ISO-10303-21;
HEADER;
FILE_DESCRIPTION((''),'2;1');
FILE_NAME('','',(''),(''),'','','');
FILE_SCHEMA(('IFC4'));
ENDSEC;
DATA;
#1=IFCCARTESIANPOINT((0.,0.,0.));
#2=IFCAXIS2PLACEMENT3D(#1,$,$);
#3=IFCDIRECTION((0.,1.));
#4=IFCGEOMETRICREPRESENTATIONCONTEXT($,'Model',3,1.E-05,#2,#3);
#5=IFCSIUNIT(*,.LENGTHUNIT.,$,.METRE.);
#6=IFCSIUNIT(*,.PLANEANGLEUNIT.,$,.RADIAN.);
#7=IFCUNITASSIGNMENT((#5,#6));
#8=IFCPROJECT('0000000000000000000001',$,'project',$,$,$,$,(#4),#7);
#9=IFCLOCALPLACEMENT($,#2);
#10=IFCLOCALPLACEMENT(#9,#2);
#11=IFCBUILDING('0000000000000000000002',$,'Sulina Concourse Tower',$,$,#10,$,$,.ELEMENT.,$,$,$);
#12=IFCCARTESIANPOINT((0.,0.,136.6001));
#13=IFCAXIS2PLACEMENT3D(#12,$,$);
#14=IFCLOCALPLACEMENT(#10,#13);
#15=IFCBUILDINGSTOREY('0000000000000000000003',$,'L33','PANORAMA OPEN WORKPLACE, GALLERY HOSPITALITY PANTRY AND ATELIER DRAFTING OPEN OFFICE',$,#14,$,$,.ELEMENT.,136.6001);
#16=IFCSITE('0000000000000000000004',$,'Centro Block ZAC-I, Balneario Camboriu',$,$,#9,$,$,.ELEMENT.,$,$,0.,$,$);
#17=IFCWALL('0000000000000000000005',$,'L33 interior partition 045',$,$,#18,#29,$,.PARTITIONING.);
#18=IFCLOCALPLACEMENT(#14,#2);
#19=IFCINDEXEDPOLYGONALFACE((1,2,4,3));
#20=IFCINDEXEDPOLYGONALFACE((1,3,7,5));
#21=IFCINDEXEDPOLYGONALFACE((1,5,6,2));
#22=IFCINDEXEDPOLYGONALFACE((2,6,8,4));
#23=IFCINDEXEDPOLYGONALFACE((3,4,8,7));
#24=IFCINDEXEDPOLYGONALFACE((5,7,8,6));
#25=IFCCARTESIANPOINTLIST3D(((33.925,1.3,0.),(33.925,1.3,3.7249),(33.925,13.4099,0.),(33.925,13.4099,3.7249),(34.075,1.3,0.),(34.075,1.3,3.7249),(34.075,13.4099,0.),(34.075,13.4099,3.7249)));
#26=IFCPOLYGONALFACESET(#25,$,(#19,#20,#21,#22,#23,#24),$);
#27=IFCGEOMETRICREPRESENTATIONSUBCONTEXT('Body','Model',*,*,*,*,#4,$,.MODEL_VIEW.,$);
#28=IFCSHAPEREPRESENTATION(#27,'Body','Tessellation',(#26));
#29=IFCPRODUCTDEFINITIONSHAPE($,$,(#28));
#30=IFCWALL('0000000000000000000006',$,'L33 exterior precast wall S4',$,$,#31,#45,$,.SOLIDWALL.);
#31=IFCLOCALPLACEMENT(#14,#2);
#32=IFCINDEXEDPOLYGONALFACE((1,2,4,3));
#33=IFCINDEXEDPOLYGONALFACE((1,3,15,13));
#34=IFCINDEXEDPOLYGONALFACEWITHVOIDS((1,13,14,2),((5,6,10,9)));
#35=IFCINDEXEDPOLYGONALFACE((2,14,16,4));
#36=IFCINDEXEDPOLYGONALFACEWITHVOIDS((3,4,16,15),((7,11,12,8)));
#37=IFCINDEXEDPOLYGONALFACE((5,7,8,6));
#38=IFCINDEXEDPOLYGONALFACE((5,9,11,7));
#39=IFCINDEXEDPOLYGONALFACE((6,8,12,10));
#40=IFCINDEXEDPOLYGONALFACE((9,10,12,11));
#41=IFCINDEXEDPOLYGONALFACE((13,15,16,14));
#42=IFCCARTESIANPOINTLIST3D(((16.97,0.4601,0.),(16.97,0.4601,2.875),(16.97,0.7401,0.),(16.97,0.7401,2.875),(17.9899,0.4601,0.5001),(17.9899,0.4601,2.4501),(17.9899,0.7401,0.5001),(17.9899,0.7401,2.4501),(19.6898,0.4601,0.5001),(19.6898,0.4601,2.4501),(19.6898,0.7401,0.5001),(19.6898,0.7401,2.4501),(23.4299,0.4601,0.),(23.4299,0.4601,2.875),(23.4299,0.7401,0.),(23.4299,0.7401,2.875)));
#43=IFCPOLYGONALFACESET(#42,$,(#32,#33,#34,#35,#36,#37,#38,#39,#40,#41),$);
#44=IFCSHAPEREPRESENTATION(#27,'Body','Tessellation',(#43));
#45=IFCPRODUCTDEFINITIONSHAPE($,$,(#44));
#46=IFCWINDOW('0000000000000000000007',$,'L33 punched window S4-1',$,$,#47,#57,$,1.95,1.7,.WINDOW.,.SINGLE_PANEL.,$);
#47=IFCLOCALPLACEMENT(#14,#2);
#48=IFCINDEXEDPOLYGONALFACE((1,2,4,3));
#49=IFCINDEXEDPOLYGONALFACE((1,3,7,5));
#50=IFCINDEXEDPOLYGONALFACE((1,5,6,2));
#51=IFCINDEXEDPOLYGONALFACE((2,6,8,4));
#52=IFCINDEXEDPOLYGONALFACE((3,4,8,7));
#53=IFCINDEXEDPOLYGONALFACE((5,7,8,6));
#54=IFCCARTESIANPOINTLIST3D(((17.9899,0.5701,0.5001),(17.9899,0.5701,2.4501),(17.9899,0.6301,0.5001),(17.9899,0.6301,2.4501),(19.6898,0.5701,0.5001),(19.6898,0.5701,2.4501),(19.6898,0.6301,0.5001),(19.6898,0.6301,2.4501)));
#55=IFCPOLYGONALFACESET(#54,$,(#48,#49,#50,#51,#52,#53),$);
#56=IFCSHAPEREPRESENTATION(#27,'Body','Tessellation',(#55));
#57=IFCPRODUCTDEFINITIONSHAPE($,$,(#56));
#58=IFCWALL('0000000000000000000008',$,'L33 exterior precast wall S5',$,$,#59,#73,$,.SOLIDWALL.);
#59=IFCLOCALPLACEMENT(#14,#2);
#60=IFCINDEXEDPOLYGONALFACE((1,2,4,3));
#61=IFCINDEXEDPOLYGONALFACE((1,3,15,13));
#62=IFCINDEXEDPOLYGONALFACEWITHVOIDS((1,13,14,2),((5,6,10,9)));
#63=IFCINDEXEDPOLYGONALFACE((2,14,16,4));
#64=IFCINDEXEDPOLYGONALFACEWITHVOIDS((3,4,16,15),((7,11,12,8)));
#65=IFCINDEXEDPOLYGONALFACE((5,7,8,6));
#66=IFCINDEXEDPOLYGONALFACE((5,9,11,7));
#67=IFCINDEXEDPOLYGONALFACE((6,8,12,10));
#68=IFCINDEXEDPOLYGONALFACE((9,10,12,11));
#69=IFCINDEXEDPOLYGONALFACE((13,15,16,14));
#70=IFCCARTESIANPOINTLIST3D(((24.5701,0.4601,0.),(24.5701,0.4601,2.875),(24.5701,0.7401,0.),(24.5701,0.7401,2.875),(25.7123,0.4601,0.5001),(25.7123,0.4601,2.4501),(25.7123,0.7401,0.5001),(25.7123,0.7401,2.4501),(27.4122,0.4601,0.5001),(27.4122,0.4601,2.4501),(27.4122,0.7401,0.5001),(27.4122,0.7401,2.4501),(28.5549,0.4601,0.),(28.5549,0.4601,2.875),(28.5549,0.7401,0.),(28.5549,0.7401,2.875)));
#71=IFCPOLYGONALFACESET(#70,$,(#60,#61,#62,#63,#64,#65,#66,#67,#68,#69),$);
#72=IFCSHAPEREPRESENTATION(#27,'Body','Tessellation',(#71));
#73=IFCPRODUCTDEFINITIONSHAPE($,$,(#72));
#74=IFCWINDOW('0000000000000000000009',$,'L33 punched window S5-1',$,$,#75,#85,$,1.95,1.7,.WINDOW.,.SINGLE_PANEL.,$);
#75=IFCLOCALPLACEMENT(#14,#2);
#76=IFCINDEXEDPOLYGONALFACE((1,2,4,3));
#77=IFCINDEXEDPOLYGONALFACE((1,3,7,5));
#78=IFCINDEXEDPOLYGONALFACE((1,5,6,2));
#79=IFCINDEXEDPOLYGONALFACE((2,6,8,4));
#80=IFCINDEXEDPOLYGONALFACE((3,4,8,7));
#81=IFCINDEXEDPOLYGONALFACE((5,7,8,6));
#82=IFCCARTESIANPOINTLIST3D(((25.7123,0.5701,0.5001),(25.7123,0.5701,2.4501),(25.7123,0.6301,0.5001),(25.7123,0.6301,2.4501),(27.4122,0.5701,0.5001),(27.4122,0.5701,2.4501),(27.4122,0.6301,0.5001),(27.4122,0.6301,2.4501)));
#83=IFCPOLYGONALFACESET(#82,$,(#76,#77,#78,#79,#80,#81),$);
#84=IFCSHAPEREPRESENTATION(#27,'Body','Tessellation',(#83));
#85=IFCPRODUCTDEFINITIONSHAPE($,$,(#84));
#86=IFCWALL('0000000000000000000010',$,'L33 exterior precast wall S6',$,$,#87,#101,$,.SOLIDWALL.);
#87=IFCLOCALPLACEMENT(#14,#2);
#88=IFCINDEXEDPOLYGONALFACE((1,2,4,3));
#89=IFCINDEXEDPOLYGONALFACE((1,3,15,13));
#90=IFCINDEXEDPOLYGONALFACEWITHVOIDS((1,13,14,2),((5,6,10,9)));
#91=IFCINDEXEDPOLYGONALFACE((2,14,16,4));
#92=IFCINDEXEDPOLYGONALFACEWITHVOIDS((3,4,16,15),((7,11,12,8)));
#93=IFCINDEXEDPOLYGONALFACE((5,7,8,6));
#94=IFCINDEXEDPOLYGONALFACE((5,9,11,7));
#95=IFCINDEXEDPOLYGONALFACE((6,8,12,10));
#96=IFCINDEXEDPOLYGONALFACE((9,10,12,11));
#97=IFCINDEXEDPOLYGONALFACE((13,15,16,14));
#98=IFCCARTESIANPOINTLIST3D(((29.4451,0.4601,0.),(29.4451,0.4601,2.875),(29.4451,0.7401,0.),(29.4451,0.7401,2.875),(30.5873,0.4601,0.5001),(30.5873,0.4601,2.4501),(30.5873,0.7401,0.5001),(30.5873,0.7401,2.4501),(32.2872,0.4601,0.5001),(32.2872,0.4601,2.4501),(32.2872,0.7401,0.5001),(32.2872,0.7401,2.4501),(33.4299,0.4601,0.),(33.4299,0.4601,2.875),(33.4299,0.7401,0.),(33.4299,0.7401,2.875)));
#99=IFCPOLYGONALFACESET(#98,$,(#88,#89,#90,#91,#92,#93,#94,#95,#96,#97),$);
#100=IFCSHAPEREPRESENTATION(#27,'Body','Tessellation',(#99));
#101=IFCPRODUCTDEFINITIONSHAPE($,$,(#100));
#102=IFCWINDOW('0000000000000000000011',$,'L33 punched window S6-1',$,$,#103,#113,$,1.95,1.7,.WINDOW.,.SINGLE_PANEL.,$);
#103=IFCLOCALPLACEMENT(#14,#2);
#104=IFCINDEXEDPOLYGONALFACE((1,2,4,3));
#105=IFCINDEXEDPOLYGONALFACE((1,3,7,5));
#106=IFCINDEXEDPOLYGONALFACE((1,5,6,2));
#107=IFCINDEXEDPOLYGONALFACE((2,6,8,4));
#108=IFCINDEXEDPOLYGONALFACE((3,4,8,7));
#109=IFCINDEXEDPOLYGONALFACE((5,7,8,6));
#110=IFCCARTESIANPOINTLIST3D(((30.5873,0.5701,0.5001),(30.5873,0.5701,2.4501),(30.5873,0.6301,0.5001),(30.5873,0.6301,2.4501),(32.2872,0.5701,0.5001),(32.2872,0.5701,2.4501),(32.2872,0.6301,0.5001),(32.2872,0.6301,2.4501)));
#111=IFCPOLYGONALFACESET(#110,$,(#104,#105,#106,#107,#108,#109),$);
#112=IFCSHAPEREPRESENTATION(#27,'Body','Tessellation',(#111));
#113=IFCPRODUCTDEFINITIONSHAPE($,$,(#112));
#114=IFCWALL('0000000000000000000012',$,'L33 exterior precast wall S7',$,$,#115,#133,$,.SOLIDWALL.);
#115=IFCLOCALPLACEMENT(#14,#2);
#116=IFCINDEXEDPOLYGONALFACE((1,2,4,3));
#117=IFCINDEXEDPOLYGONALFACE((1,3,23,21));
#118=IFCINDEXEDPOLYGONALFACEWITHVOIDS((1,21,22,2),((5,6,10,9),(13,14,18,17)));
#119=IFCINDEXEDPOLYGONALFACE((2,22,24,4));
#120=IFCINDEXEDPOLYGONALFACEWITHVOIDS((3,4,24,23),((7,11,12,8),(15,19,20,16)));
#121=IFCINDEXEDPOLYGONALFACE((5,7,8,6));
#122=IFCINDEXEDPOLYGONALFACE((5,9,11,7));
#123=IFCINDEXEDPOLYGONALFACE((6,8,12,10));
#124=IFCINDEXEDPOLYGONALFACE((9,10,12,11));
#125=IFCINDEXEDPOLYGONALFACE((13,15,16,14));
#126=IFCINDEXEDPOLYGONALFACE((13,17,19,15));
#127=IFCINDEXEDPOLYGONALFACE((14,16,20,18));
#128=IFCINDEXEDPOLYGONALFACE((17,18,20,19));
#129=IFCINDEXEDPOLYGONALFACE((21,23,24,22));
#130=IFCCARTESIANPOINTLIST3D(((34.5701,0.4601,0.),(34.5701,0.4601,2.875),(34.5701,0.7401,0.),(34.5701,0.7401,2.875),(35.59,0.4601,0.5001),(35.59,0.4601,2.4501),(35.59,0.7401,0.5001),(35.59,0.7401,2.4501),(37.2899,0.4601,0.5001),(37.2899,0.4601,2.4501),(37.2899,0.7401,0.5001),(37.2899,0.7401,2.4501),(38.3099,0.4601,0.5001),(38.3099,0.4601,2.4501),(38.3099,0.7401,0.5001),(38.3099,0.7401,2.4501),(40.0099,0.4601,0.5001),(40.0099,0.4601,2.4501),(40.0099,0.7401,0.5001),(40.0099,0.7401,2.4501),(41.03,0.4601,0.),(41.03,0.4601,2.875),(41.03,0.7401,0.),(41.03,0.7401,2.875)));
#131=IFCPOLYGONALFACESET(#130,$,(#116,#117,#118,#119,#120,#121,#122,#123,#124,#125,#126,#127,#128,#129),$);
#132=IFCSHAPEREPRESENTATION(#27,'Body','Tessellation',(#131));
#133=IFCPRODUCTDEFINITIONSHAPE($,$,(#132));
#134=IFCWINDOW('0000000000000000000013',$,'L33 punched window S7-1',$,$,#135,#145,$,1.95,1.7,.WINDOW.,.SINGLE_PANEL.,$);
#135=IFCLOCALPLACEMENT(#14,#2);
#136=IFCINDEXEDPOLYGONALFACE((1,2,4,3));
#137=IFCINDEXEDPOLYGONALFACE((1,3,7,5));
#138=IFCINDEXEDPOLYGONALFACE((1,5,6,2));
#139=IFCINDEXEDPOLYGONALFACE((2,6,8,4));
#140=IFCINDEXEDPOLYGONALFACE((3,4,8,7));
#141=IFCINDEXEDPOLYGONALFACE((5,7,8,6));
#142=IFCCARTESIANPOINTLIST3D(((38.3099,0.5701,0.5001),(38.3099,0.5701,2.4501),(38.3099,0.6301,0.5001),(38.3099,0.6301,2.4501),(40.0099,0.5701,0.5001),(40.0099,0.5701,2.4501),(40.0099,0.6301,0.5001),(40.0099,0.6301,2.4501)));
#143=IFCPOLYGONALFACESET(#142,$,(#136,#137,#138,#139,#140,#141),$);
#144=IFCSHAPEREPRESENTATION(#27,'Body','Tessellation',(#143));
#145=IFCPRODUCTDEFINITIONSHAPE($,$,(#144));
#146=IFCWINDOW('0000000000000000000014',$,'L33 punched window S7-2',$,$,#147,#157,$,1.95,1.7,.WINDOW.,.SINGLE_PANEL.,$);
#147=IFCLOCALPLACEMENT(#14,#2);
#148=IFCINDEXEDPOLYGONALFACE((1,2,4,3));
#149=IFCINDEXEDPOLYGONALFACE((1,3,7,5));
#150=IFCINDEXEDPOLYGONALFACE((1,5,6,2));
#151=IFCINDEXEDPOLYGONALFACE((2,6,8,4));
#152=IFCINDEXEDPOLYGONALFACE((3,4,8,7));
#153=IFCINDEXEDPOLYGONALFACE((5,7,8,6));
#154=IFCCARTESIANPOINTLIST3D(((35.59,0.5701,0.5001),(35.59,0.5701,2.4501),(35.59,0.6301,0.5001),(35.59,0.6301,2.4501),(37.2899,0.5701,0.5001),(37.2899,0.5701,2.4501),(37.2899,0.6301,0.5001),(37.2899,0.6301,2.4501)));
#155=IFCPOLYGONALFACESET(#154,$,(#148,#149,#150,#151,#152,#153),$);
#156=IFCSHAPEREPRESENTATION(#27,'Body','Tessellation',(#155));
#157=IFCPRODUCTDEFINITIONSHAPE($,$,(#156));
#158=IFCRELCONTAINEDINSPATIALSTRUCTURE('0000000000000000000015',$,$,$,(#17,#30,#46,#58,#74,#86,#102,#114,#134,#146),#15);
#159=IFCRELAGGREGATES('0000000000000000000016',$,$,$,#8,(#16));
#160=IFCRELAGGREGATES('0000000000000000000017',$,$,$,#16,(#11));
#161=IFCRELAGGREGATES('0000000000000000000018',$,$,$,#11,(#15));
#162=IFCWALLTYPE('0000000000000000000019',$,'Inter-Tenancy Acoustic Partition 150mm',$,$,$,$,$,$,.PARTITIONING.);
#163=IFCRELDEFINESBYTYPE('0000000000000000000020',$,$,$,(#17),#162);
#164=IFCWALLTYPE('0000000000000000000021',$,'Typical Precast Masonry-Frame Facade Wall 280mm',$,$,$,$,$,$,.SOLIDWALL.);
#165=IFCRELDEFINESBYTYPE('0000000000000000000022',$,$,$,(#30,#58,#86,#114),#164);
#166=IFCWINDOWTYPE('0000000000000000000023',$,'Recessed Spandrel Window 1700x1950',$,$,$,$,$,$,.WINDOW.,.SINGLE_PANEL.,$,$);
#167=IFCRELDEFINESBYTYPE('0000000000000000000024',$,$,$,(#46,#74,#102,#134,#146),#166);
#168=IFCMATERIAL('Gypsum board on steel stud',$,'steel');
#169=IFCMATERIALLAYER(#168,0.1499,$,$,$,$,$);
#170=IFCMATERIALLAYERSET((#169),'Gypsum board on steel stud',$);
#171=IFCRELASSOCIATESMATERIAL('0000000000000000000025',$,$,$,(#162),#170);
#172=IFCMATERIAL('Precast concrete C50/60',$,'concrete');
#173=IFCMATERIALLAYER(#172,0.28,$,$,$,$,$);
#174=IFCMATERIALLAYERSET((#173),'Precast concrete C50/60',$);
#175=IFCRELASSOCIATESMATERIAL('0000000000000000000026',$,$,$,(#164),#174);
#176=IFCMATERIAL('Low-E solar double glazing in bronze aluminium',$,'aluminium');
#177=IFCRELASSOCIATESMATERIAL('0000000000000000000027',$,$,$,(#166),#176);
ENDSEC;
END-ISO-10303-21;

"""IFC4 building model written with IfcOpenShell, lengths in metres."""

from ifc_helpers import new_model, si_unit, direction, frame, frame_2d, origin, place, context, subcontext, project, spatial, rectangle, extrude, material, layer, layer_set, type_object, element, fill, save


model = new_model("IFC4")

# Units and contexts
model_context = context("Model", 3, precision=1e-05, world=origin(), true_north=direction((0.0, 1.0)))
body_context = subcontext(model_context, "Body", "Model", "MODEL_VIEW")
ifc_project = project(units=[si_unit("LENGTHUNIT", "METRE"), si_unit("PLANEANGLEUNIT", "RADIAN")], contexts=[model_context])

# Site, building, storey
site_placement = place(None, origin())
site = spatial("IfcSite", under=ifc_project, at=site_placement, Name="Centro Block ZAC-I, Balneario Camboriu", CompositionType="ELEMENT", RefElevation=0.0)
building_placement = place(site_placement, origin())
building = spatial("IfcBuilding", under=site, at=building_placement, Name="Sulina Concourse Tower", CompositionType="ELEMENT")
storey_placement = place(building_placement, frame((0.0, 0.0, 136.6001)))
storey = spatial("IfcBuildingStorey", under=building, at=storey_placement, Name="L33", Description="PANORAMA OPEN WORKPLACE, GALLERY HOSPITALITY PANTRY AND ATELIER DRAFTING OPEN OFFICE", CompositionType="ELEMENT", Elevation=136.6001)

# Wall
ifc_material_1 = material(Name="Gypsum board on steel stud", Category="steel")
ifc_layer_1 = layer(ifc_material_1, 0.1499)
ifc_layer_set_1 = layer_set([ifc_layer_1], Name="Gypsum board on steel stud")
wall_type_1 = type_object("IfcWallType", Name="Inter-Tenancy Acoustic Partition 150mm", PredefinedType="PARTITIONING", material=ifc_layer_set_1)
for number, where, z_axis, x_axis, name in (
    (1, (34.0, 1.3, 0.0), (0.0, 0.0, 1.0), (0.0, 1.0, 0.0), "L33 interior partition 045"),
):
    element("IfcWall", number, at=place(storey_placement, frame(where, z_axis=z_axis, x_axis=x_axis)), inside=storey, type_object=wall_type_1, Name=name, PredefinedType="PARTITIONING", context=body_context, shape_type="SweptSolid", body=[
        extrude(rectangle(XDim=12.1099, YDim=0.1499, at=frame_2d((6.0549, 0.0))), origin(), (0.0, 0.0, 1.0), 3.7249),
    ])

# Walls, openings, windows
ifc_material_2 = material(Name="Precast concrete C50/60", Category="concrete")
ifc_layer_2 = layer(ifc_material_2, 0.28)
ifc_layer_set_2 = layer_set([ifc_layer_2], Name="Precast concrete C50/60")
wall_type_2 = type_object("IfcWallType", Name="Typical Precast Masonry-Frame Facade Wall 280mm", PredefinedType="SOLIDWALL", material=ifc_layer_set_2)
wall_1_placement = place(storey_placement, frame((23.4299, 0.6001, 0.0), z_axis=(0.0, 0.0, 1.0), x_axis=(-1.0, 0.0, 0.0)))
wall_1 = element("IfcWall", 2, at=wall_1_placement, inside=storey, type_object=wall_type_2, Name="L33 exterior precast wall S4", PredefinedType="SOLIDWALL", context=body_context, shape_type="SweptSolid", body=[
    extrude(rectangle(XDim=6.46, YDim=0.28, at=frame_2d((3.23, 0.0))), origin(), (0.0, 0.0, 1.0), 2.875),
])
opening_1_placement = place(wall_1_placement, frame((3.74, 0.0, 0.5)))
opening_1 = element("IfcOpeningElement", 3, at=opening_1_placement, cuts=wall_1, PredefinedType="OPENING", context=body_context, shape_type="SweptSolid", body=[
    extrude(rectangle(XDim=1.7, YDim=1.95, at=frame_2d((0.8501, 0.9751))), frame((0.0, 0.1499, 0.0), z_axis=(0.0, -1.0, 0.0), x_axis=(1.0, 0.0, 0.0)), (0.0, 0.0, 1.0), 0.3),
])
ifc_material_3 = material(Name="Low-E solar double glazing in bronze aluminium", Category="aluminium")
window_type = type_object("IfcWindowType", Name="Recessed Spandrel Window 1700x1950", PartitioningType="SINGLE_PANEL", PredefinedType="WINDOW", material=ifc_material_3)
window_1_placement = place(opening_1_placement, origin())
window_1 = element("IfcWindow", 4, at=window_1_placement, inside=storey, type_object=window_type, Name="L33 punched window S4-1", OverallHeight=1.95, OverallWidth=1.7, PartitioningType="SINGLE_PANEL", PredefinedType="WINDOW", context=body_context, shape_type="SweptSolid", body=[
    extrude(rectangle(XDim=1.7, YDim=1.95, at=frame_2d((0.8501, 0.9751))), frame((0.0, 0.03, 0.0), z_axis=(0.0, -1.0, 0.0), x_axis=(1.0, 0.0, 0.0)), (0.0, 0.0, 1.0), 0.0601),
])
fill(opening_1, window_1)
wall_2_placement = place(storey_placement, frame((28.5549, 0.6001, 0.0), z_axis=(0.0, 0.0, 1.0), x_axis=(-1.0, 0.0, 0.0)))
wall_2 = element("IfcWall", 5, at=wall_2_placement, inside=storey, type_object=wall_type_2, Name="L33 exterior precast wall S5", PredefinedType="SOLIDWALL", context=body_context, shape_type="SweptSolid", body=[
    extrude(rectangle(XDim=3.9849, YDim=0.28, at=frame_2d((1.9924, 0.0))), origin(), (0.0, 0.0, 1.0), 2.875),
])
opening_2_placement = place(wall_2_placement, frame((1.1426, 0.0, 0.5)))
opening_2 = element("IfcOpeningElement", 6, at=opening_2_placement, cuts=wall_2, PredefinedType="OPENING", context=body_context, shape_type="SweptSolid", body=[
    extrude(rectangle(XDim=1.7, YDim=1.95, at=frame_2d((0.8501, 0.9751))), frame((0.0, 0.1499, 0.0), z_axis=(0.0, -1.0, 0.0), x_axis=(1.0, 0.0, 0.0)), (0.0, 0.0, 1.0), 0.3),
])
window_2_placement = place(opening_2_placement, origin())
window_2 = element("IfcWindow", 7, at=window_2_placement, inside=storey, type_object=window_type, Name="L33 punched window S5-1", OverallHeight=1.95, OverallWidth=1.7, PartitioningType="SINGLE_PANEL", PredefinedType="WINDOW", context=body_context, shape_type="SweptSolid", body=[
    extrude(rectangle(XDim=1.7, YDim=1.95, at=frame_2d((0.8501, 0.9751))), frame((0.0, 0.03, 0.0), z_axis=(0.0, -1.0, 0.0), x_axis=(1.0, 0.0, 0.0)), (0.0, 0.0, 1.0), 0.0601),
])
fill(opening_2, window_2)
wall_3_placement = place(storey_placement, frame((33.4299, 0.6001, 0.0), z_axis=(0.0, 0.0, 1.0), x_axis=(-1.0, 0.0, 0.0)))
wall_3 = element("IfcWall", 8, at=wall_3_placement, inside=storey, type_object=wall_type_2, Name="L33 exterior precast wall S6", PredefinedType="SOLIDWALL", context=body_context, shape_type="SweptSolid", body=[
    extrude(rectangle(XDim=3.9849, YDim=0.28, at=frame_2d((1.9924, 0.0))), origin(), (0.0, 0.0, 1.0), 2.875),
])
opening_3_placement = place(wall_3_placement, frame((1.1426, 0.0, 0.5)))
opening_3 = element("IfcOpeningElement", 9, at=opening_3_placement, cuts=wall_3, PredefinedType="OPENING", context=body_context, shape_type="SweptSolid", body=[
    extrude(rectangle(XDim=1.7, YDim=1.95, at=frame_2d((0.8501, 0.9751))), frame((0.0, 0.1499, 0.0), z_axis=(0.0, -1.0, 0.0), x_axis=(1.0, 0.0, 0.0)), (0.0, 0.0, 1.0), 0.3),
])
window_3_placement = place(opening_3_placement, origin())
window_3 = element("IfcWindow", 10, at=window_3_placement, inside=storey, type_object=window_type, Name="L33 punched window S6-1", OverallHeight=1.95, OverallWidth=1.7, PartitioningType="SINGLE_PANEL", PredefinedType="WINDOW", context=body_context, shape_type="SweptSolid", body=[
    extrude(rectangle(XDim=1.7, YDim=1.95, at=frame_2d((0.8501, 0.9751))), frame((0.0, 0.03, 0.0), z_axis=(0.0, -1.0, 0.0), x_axis=(1.0, 0.0, 0.0)), (0.0, 0.0, 1.0), 0.0601),
])
fill(opening_3, window_3)

# Wall, openings, windows
wall_4_placement = place(storey_placement, frame((41.03, 0.6001, 0.0), z_axis=(0.0, 0.0, 1.0), x_axis=(-1.0, 0.0, 0.0)))
wall_4 = element("IfcWall", 11, at=wall_4_placement, inside=storey, type_object=wall_type_2, Name="L33 exterior precast wall S7", PredefinedType="SOLIDWALL", context=body_context, shape_type="SweptSolid", body=[
    extrude(rectangle(XDim=6.46, YDim=0.28, at=frame_2d((3.23, 0.0))), origin(), (0.0, 0.0, 1.0), 2.875),
])
opening_4_placement = place(wall_4_placement, frame((1.02, 0.0, 0.5)))
opening_4 = element("IfcOpeningElement", 12, at=opening_4_placement, cuts=wall_4, PredefinedType="OPENING", context=body_context, shape_type="SweptSolid", body=[
    extrude(rectangle(XDim=1.7, YDim=1.95, at=frame_2d((0.8501, 0.9751))), frame((0.0, 0.1499, 0.0), z_axis=(0.0, -1.0, 0.0), x_axis=(1.0, 0.0, 0.0)), (0.0, 0.0, 1.0), 0.3),
])
opening_5_placement = place(wall_4_placement, frame((3.74, 0.0, 0.5)))
opening_5 = element("IfcOpeningElement", 13, at=opening_5_placement, cuts=wall_4, PredefinedType="OPENING", context=body_context, shape_type="SweptSolid", body=[
    extrude(rectangle(XDim=1.7, YDim=1.95, at=frame_2d((0.8501, 0.9751))), frame((0.0, 0.1499, 0.0), z_axis=(0.0, -1.0, 0.0), x_axis=(1.0, 0.0, 0.0)), (0.0, 0.0, 1.0), 0.3),
])
window_4_placement = place(opening_4_placement, origin())
window_4 = element("IfcWindow", 14, at=window_4_placement, inside=storey, type_object=window_type, Name="L33 punched window S7-1", OverallHeight=1.95, OverallWidth=1.7, PartitioningType="SINGLE_PANEL", PredefinedType="WINDOW", context=body_context, shape_type="SweptSolid", body=[
    extrude(rectangle(XDim=1.7, YDim=1.95, at=frame_2d((0.8501, 0.9751))), frame((0.0, 0.03, 0.0), z_axis=(0.0, -1.0, 0.0), x_axis=(1.0, 0.0, 0.0)), (0.0, 0.0, 1.0), 0.0601),
])
fill(opening_4, window_4)
window_5_placement = place(opening_5_placement, origin())
window_5 = element("IfcWindow", 15, at=window_5_placement, inside=storey, type_object=window_type, Name="L33 punched window S7-2", OverallHeight=1.95, OverallWidth=1.7, PartitioningType="SINGLE_PANEL", PredefinedType="WINDOW", context=body_context, shape_type="SweptSolid", body=[
    extrude(rectangle(XDim=1.7, YDim=1.95, at=frame_2d((0.8501, 0.9751))), frame((0.0, 0.03, 0.0), z_axis=(0.0, -1.0, 0.0), x_axis=(1.0, 0.0, 0.0)), (0.0, 0.0, 1.0), 0.0601),
])
fill(opening_5, window_5)

save(model, "model.ifc")
